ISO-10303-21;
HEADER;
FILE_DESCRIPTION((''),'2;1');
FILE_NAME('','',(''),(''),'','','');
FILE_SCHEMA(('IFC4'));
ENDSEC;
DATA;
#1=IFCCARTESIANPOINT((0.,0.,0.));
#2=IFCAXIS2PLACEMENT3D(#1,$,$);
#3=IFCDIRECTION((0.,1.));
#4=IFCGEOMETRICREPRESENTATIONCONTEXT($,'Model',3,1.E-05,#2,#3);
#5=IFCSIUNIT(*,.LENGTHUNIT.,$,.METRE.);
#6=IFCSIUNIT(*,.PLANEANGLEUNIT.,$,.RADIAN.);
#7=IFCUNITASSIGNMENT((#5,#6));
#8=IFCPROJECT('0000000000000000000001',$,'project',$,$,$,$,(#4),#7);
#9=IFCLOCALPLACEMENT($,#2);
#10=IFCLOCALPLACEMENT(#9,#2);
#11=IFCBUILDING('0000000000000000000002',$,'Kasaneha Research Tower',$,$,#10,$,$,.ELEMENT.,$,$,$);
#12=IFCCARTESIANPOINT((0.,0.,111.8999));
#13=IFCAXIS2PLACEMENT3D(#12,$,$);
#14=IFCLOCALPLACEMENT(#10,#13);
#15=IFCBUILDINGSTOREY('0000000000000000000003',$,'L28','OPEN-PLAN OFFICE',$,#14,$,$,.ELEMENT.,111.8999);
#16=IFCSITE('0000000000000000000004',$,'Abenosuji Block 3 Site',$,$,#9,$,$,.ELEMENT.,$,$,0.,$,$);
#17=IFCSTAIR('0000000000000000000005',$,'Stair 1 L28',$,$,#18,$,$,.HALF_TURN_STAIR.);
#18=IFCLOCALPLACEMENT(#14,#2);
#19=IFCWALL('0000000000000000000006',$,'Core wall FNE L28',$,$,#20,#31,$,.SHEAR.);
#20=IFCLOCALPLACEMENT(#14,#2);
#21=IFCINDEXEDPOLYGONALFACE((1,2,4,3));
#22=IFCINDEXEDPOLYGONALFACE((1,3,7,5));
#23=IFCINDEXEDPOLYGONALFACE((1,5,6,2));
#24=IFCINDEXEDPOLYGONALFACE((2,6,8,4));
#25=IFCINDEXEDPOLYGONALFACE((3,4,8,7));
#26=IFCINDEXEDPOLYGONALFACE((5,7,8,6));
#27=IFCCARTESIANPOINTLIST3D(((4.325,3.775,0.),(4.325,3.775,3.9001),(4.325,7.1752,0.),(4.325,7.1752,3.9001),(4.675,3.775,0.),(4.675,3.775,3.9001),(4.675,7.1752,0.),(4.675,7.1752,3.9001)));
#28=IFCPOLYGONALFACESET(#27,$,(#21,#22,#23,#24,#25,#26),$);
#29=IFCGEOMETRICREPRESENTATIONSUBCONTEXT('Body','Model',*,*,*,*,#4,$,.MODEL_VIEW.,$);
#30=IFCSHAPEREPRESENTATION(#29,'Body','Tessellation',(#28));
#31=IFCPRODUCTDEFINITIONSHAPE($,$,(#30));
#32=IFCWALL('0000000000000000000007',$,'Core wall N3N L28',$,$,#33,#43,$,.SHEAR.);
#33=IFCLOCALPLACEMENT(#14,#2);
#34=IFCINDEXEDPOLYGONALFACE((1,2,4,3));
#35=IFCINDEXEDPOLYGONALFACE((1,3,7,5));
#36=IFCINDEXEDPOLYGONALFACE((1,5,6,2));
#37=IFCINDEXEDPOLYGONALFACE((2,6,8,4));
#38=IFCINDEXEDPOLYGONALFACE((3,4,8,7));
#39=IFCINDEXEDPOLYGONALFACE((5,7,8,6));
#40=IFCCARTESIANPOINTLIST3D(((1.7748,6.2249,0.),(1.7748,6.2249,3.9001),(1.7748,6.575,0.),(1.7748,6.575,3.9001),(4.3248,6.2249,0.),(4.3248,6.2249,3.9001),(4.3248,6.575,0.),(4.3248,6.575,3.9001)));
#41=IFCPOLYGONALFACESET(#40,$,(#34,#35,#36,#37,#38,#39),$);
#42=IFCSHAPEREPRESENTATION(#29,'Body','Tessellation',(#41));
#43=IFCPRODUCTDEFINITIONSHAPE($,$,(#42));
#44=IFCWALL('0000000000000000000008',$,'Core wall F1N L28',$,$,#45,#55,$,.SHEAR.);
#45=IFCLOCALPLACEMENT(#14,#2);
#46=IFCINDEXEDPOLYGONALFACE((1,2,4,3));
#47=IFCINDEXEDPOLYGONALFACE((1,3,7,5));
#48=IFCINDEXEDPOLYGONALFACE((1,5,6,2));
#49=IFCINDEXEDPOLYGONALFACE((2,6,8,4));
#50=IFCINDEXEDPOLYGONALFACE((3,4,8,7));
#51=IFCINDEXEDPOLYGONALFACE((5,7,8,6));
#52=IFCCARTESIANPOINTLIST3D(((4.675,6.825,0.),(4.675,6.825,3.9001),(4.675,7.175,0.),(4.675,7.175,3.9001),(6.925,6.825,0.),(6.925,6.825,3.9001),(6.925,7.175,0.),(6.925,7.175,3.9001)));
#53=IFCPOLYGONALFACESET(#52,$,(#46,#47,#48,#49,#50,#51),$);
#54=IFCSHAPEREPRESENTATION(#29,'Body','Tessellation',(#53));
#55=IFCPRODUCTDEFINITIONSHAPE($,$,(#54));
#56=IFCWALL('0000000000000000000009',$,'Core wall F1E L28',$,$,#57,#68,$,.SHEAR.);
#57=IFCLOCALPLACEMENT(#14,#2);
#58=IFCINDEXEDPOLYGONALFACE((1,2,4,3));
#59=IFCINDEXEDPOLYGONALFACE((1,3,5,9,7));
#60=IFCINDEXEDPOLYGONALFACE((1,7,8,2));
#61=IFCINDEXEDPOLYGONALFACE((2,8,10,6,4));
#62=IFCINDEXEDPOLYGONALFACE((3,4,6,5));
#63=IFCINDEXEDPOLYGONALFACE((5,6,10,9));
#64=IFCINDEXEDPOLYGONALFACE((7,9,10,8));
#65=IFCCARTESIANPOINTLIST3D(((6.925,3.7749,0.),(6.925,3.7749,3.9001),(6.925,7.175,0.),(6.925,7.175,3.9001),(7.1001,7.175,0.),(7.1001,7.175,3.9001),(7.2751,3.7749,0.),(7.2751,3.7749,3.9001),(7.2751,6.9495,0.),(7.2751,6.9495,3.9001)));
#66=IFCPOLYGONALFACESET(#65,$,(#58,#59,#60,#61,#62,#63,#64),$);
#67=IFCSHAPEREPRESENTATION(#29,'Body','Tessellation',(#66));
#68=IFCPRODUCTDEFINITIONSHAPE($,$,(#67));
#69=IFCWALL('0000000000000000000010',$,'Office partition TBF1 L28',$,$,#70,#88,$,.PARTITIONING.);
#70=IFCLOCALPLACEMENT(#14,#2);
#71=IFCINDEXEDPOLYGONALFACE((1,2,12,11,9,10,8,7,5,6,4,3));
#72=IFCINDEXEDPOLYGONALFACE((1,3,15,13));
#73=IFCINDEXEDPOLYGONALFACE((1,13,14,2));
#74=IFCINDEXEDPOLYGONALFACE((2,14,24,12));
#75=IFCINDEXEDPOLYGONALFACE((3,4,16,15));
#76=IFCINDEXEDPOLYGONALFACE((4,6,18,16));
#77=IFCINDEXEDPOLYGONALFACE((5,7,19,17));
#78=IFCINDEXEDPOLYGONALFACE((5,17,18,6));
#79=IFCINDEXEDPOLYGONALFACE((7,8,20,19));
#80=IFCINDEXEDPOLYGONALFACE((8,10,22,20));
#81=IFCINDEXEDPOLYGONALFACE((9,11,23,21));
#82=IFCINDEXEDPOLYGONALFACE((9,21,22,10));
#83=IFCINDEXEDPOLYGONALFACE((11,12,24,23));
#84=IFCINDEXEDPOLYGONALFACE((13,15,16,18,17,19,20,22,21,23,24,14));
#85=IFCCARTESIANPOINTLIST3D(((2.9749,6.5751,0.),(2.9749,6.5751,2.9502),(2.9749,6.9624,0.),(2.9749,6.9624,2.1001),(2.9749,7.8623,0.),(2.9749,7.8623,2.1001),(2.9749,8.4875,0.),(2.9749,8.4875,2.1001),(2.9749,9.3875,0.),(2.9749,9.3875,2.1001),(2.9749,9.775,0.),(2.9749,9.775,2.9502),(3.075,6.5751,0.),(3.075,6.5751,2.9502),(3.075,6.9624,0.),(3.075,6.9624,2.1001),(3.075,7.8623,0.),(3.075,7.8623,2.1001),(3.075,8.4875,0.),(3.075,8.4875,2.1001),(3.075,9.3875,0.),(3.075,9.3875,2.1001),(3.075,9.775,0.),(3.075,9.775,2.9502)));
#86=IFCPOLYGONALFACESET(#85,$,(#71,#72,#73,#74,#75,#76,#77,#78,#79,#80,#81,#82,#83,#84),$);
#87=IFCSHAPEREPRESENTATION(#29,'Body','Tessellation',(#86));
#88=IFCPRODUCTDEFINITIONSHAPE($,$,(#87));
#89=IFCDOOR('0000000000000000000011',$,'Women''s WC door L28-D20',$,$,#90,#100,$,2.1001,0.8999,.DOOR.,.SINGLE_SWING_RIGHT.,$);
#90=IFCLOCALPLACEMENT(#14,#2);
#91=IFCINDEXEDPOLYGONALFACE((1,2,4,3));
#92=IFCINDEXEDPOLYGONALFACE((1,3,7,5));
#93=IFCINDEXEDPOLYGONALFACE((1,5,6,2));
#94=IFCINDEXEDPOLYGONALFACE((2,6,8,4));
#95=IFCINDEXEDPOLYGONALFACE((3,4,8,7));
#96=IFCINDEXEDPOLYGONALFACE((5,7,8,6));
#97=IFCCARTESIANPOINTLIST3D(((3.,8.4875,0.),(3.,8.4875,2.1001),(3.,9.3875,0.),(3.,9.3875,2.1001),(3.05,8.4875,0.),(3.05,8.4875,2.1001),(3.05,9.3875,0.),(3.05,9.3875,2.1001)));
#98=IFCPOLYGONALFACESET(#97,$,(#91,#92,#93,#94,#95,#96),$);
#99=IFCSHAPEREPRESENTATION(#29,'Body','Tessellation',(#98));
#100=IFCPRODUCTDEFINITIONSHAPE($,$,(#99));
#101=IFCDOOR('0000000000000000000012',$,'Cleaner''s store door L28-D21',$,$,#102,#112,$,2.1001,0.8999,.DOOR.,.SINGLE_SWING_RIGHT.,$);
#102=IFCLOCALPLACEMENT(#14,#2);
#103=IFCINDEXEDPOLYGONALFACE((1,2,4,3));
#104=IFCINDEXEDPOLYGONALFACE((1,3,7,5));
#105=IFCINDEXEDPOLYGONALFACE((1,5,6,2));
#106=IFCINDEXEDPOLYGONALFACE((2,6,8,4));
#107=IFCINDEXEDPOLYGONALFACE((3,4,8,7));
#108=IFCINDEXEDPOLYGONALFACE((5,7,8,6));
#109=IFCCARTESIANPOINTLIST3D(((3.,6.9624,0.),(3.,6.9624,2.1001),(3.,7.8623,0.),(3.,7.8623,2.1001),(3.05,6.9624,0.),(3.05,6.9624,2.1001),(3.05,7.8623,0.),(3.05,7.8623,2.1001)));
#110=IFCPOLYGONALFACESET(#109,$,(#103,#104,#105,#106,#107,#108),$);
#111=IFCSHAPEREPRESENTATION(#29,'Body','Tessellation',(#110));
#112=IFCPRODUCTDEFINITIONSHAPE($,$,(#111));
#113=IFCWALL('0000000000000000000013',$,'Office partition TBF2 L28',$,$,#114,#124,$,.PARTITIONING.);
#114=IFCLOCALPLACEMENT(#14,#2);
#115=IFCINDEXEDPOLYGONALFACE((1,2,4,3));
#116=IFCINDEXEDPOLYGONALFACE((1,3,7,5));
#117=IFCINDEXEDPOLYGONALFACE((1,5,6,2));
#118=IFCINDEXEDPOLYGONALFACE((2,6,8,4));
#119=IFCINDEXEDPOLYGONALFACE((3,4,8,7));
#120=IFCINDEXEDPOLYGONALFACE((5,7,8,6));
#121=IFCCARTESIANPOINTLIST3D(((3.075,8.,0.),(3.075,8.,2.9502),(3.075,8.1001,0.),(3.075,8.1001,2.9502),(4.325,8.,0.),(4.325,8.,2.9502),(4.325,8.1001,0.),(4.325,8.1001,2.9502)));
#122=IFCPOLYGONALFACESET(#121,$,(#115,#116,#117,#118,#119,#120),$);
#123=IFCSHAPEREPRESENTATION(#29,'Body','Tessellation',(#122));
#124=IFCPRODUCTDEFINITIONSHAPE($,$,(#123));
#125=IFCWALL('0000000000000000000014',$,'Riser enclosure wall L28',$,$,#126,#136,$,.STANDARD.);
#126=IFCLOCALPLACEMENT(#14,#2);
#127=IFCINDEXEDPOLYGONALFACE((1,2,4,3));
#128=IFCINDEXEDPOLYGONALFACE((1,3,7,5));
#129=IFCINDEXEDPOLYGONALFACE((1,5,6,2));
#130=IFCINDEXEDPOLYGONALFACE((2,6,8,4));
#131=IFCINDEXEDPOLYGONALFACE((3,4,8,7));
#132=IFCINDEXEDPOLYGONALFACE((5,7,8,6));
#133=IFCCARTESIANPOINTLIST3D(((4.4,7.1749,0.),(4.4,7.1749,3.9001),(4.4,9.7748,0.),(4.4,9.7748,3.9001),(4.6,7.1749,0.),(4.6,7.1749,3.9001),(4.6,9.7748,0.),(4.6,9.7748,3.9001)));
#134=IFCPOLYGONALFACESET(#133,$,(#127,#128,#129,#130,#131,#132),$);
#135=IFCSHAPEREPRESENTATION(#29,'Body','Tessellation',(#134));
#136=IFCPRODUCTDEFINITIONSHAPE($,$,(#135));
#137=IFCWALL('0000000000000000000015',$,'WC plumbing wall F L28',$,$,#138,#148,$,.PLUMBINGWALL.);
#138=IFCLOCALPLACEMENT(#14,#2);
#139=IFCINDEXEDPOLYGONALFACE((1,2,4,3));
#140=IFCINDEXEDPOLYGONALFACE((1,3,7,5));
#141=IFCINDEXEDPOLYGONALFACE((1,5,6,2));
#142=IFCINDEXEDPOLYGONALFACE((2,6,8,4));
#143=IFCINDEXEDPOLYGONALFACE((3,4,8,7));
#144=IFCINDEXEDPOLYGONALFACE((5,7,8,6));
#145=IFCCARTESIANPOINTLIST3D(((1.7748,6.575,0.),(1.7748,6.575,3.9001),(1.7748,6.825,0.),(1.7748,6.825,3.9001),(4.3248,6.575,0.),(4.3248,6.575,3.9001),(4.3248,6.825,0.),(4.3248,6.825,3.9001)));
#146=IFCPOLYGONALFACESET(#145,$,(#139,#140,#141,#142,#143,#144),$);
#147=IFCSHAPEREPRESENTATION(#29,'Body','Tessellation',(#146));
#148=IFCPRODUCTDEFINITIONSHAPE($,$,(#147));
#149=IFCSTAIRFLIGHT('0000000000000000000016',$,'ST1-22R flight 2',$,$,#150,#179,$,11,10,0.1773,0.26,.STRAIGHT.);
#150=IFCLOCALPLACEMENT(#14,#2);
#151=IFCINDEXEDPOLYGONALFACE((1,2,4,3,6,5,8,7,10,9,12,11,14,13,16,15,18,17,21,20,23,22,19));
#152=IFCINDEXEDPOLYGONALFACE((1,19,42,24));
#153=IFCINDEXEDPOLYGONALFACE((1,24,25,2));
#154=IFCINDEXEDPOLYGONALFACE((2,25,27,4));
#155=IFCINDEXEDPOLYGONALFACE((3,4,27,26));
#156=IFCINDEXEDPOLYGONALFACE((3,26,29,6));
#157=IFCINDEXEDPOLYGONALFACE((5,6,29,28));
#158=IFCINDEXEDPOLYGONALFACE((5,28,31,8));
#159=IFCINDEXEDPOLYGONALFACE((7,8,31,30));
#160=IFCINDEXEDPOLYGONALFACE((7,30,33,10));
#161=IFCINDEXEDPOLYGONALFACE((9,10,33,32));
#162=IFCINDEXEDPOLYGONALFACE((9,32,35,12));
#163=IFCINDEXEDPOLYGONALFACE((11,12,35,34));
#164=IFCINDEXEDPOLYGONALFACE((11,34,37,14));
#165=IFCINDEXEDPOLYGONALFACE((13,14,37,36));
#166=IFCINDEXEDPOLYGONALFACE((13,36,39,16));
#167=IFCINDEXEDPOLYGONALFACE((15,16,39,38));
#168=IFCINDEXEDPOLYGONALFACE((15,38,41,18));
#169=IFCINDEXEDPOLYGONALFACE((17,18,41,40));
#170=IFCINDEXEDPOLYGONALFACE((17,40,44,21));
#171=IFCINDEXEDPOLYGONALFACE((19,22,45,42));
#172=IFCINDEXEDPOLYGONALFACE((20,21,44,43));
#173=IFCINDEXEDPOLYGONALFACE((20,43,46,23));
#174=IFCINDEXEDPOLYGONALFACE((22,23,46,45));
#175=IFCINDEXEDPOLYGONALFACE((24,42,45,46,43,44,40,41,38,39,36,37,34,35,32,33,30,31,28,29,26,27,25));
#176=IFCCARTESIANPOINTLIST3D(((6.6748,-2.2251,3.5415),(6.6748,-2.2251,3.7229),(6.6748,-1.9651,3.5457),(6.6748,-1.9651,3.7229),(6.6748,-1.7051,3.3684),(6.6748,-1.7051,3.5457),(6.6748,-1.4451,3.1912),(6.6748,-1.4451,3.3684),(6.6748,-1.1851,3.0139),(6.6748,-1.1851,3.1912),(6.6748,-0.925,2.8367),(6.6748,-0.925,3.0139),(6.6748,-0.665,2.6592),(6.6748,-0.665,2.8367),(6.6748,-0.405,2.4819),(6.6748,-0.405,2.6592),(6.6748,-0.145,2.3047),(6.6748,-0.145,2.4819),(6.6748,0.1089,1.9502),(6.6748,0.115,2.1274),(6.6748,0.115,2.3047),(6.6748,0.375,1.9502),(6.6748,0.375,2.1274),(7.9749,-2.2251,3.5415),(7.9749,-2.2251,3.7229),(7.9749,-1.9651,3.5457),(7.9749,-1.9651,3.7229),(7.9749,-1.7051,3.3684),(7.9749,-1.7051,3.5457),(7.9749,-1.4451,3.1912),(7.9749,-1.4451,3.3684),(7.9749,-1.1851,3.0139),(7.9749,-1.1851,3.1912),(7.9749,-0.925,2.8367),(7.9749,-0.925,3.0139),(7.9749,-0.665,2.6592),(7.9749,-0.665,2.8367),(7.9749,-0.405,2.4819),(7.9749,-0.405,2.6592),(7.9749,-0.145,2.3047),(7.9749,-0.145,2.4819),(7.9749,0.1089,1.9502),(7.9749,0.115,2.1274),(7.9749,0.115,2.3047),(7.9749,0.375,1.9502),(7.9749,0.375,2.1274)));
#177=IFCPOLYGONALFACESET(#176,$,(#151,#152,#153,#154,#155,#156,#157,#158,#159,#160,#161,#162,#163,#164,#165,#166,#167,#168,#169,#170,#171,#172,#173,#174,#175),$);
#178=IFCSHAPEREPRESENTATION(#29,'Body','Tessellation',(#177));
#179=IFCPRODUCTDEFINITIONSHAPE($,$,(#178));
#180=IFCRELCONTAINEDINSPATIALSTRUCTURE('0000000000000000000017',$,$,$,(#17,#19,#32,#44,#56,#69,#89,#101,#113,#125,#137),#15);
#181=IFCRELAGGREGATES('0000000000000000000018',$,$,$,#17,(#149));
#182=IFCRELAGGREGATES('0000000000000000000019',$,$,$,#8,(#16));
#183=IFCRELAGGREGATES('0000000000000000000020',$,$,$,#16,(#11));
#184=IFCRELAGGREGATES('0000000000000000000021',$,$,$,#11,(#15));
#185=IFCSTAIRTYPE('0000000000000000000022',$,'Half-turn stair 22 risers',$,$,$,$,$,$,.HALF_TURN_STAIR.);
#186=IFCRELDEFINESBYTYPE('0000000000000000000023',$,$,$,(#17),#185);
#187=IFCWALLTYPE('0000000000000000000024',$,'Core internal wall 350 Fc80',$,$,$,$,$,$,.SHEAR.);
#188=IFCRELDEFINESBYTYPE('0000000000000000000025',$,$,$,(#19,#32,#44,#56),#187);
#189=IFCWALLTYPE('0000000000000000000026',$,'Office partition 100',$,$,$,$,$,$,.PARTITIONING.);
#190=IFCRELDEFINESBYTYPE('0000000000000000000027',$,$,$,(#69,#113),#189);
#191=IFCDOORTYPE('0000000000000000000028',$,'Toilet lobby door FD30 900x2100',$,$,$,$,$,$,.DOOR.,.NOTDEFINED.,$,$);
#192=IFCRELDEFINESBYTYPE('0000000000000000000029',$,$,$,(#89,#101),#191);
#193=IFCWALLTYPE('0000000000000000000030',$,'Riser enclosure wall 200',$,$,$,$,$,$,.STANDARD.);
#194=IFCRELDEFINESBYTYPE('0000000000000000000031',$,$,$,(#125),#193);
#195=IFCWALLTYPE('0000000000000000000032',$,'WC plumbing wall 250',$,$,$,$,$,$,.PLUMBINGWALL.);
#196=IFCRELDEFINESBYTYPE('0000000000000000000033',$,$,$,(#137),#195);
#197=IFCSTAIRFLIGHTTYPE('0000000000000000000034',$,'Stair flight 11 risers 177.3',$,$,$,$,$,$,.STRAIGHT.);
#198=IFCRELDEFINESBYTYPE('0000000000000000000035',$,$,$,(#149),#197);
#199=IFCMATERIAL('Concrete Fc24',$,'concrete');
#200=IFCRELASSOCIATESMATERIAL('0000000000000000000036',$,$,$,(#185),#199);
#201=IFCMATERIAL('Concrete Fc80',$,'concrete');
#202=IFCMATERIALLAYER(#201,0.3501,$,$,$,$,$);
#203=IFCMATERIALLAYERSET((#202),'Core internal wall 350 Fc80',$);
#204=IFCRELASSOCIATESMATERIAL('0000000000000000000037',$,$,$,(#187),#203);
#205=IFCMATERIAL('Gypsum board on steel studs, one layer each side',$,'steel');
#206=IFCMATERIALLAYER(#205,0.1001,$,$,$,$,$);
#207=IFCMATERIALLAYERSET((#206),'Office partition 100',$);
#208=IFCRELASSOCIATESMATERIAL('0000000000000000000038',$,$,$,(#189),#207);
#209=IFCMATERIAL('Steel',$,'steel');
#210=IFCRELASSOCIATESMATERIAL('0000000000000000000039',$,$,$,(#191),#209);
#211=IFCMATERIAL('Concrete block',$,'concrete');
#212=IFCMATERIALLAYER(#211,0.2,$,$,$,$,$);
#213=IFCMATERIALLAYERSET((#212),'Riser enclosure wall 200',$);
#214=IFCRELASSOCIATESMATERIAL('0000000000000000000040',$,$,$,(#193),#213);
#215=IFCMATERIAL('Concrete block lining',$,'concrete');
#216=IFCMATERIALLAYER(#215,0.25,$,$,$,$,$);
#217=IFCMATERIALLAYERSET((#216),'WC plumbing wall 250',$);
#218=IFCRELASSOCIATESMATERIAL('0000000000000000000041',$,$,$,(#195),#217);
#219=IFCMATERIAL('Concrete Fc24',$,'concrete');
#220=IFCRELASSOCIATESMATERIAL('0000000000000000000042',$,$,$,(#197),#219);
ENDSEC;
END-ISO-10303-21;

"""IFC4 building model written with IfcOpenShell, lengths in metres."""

from ifc_helpers import new_model, si_unit, direction, frame, frame_2d, origin, place, context, subcontext, project, spatial, polyline, rectangle, outline, extrude, material, layer, layer_set, type_object, element, fill, aggregate, save


model = new_model("IFC4")

# Units and contexts
model_context = context("Model", 3, precision=1e-05, world=origin(), true_north=direction((0.0, 1.0)))
body_context = subcontext(model_context, "Body", "Model", "MODEL_VIEW")
ifc_project = project(units=[si_unit("LENGTHUNIT", "METRE"), si_unit("PLANEANGLEUNIT", "RADIAN")], contexts=[model_context])

# Site, building, storey
site_placement = place(None, origin())
site = spatial("IfcSite", under=ifc_project, at=site_placement, Name="Abenosuji Block 3 Site", CompositionType="ELEMENT", RefElevation=0.0)
building_placement = place(site_placement, origin())
building = spatial("IfcBuilding", under=site, at=building_placement, Name="Kasaneha Research Tower", CompositionType="ELEMENT")
storey_placement = place(building_placement, frame((0.0, 0.0, 111.8999)))
storey = spatial("IfcBuildingStorey", under=building, at=storey_placement, Name="L28", Description="OPEN-PLAN OFFICE", CompositionType="ELEMENT", Elevation=111.8999)

# Stair
ifc_material_1 = material(Name="Concrete Fc24", Category="concrete")
stair_type = type_object("IfcStairType", Name="Half-turn stair 22 risers", PredefinedType="HALF_TURN_STAIR", material=ifc_material_1)
stair_1_placement = place(storey_placement, origin())
stair_1 = element("IfcStair", 1, at=stair_1_placement, inside=storey, type_object=stair_type, Name="Stair 1 L28", PredefinedType="HALF_TURN_STAIR")

# Shared definitions
ifc_material_2 = material(Name="Concrete Fc80", Category="concrete")
ifc_layer_1 = layer(ifc_material_2, 0.3501)
ifc_layer_set_1 = layer_set([ifc_layer_1], Name="Core internal wall 350 Fc80")
wall_type_1 = type_object("IfcWallType", Name="Core internal wall 350 Fc80", PredefinedType="SHEAR", material=ifc_layer_set_1)

# Walls
wall_1_placement = place(storey_placement, frame((4.5, 3.7749, 0.0), z_axis=(0.0, 0.0, 1.0), x_axis=(0.0, 1.0, 0.0)))
element("IfcWall", 2, at=wall_1_placement, inside=storey, type_object=wall_type_1, Name="Core wall FNE L28", PredefinedType="SHEAR", context=body_context, shape_type="SweptSolid", body=[
    extrude(rectangle(XDim=3.4001, YDim=0.3501, at=frame_2d((1.7002, 0.0))), origin(), (0.0, 0.0, 1.0), 3.9001),
])
wall_2_placement = place(storey_placement, frame((1.7749, 6.3999, 0.0), z_axis=(0.0, 0.0, 1.0), x_axis=(1.0, 0.0, 0.0)))
element("IfcWall", 3, at=wall_2_placement, inside=storey, type_object=wall_type_1, Name="Core wall N3N L28", PredefinedType="SHEAR", context=body_context, shape_type="SweptSolid", body=[
    extrude(rectangle(XDim=2.55, YDim=0.3501, at=frame_2d((1.2749, 0.0))), origin(), (0.0, 0.0, 1.0), 3.9001),
])
wall_3_placement = place(storey_placement, frame((4.675, 7.0, 0.0), z_axis=(0.0, 0.0, 1.0), x_axis=(1.0, 0.0, 0.0)))
element("IfcWall", 4, at=wall_3_placement, inside=storey, type_object=wall_type_1, Name="Core wall F1N L28", PredefinedType="SHEAR", context=body_context, shape_type="SweptSolid", body=[
    extrude(rectangle(XDim=2.25, YDim=0.3501, at=frame_2d((1.125, 0.0))), origin(), (0.0, 0.0, 1.0), 3.9001),
])
wall_4_placement = place(storey_placement, frame((7.1001, 3.7749, 0.0), z_axis=(0.0, 0.0, 1.0), x_axis=(0.0, 1.0, 0.0)))
element("IfcWall", 5, at=wall_4_placement, inside=storey, type_object=wall_type_1, Name="Core wall F1E L28", PredefinedType="SHEAR", context=body_context, shape_type="SweptSolid", body=[
    extrude(outline(polyline([(0.0, -0.175), (3.1746, -0.175), (3.4001, 0.0), (3.4001, 0.175), (0.0, 0.175), (0.0, -0.175)])), origin(), (0.0, 0.0, 1.0), 3.9001),
])

# Wall, openings, doors
ifc_material_3 = material(Name="Gypsum board on steel studs, one layer each side", Category="steel")
ifc_layer_2 = layer(ifc_material_3, 0.1001)
ifc_layer_set_2 = layer_set([ifc_layer_2], Name="Office partition 100")
wall_type_2 = type_object("IfcWallType", Name="Office partition 100", PredefinedType="PARTITIONING", material=ifc_layer_set_2)
wall_5_placement = place(storey_placement, frame((3.0249, 6.575, 0.0), z_axis=(0.0, 0.0, 1.0), x_axis=(0.0, 1.0, 0.0)))
wall_5 = element("IfcWall", 6, at=wall_5_placement, inside=storey, type_object=wall_type_2, Name="Office partition TBF1 L28", PredefinedType="PARTITIONING", context=body_context, shape_type="SweptSolid", body=[
    extrude(rectangle(XDim=3.2, YDim=0.1001, at=frame_2d((1.6001, 0.0))), origin(), (0.0, 0.0, 1.0), 2.9502),
])
opening_1_placement = place(wall_5_placement, frame((1.9126, 0.0, 0.0)))
opening_1 = element("IfcOpeningElement", 7, at=opening_1_placement, cuts=wall_5, PredefinedType="OPENING", context=body_context, shape_type="SweptSolid", body=[
    extrude(rectangle(XDim=0.8999, YDim=2.1001, at=frame_2d((0.45, 1.05))), frame((0.0, 0.0601, 0.0), z_axis=(0.0, -1.0, 0.0), x_axis=(1.0, 0.0, 0.0)), (0.0, 0.0, 1.0), 0.1201),
])
opening_2_placement = place(wall_5_placement, frame((0.3875, 0.0, 0.0)))
opening_2 = element("IfcOpeningElement", 8, at=opening_2_placement, cuts=wall_5, PredefinedType="OPENING", context=body_context, shape_type="SweptSolid", body=[
    extrude(rectangle(XDim=0.8999, YDim=2.1001, at=frame_2d((0.45, 1.05))), frame((0.0, 0.0601, 0.0), z_axis=(0.0, -1.0, 0.0), x_axis=(1.0, 0.0, 0.0)), (0.0, 0.0, 1.0), 0.1201),
])
ifc_material_4 = material(Name="Steel", Category="steel")
door_type_1 = type_object("IfcDoorType", Name="Toilet lobby door FD30 900x2100", OperationType="NOTDEFINED", PredefinedType="DOOR", material=ifc_material_4)
door_1_placement = place(opening_1_placement, origin())
door_1 = element("IfcDoor", 9, at=door_1_placement, inside=storey, type_object=door_type_1, Name="Women's WC door L28-D20", OperationType="SINGLE_SWING_RIGHT", OverallHeight=2.1001, OverallWidth=0.8999, PredefinedType="DOOR", context=body_context, shape_type="SweptSolid", body=[
    extrude(rectangle(XDim=0.8999, YDim=2.1001, at=frame_2d((0.45, 1.05))), frame((0.0, 0.0249, 0.0), z_axis=(0.0, -1.0, 0.0), x_axis=(1.0, 0.0, 0.0)), (0.0, 0.0, 1.0), 0.05),
])
fill(opening_1, door_1)
door_2_placement = place(opening_2_placement, origin())
door_2 = element("IfcDoor", 10, at=door_2_placement, inside=storey, type_object=door_type_1, Name="Cleaner's store door L28-D21", OperationType="SINGLE_SWING_RIGHT", OverallHeight=2.1001, OverallWidth=0.8999, PredefinedType="DOOR", context=body_context, shape_type="SweptSolid", body=[
    extrude(rectangle(XDim=0.8999, YDim=2.1001, at=frame_2d((0.45, 1.05))), frame((0.0, 0.0249, 0.0), z_axis=(0.0, -1.0, 0.0), x_axis=(1.0, 0.0, 0.0)), (0.0, 0.0, 1.0), 0.05),
])
fill(opening_2, door_2)

# Walls
wall_6_placement = place(storey_placement, frame((3.075, 8.05, 0.0), z_axis=(0.0, 0.0, 1.0), x_axis=(1.0, 0.0, 0.0)))
element("IfcWall", 11, at=wall_6_placement, inside=storey, type_object=wall_type_2, Name="Office partition TBF2 L28", PredefinedType="PARTITIONING", context=body_context, shape_type="SweptSolid", body=[
    extrude(rectangle(XDim=1.25, YDim=0.1001, at=frame_2d((0.625, 0.0))), origin(), (0.0, 0.0, 1.0), 2.9502),
])
ifc_material_5 = material(Name="Concrete block", Category="concrete")
ifc_layer_3 = layer(ifc_material_5, 0.2)
ifc_layer_set_3 = layer_set([ifc_layer_3], Name="Riser enclosure wall 200")
wall_type_3 = type_object("IfcWallType", Name="Riser enclosure wall 200", PredefinedType="STANDARD", material=ifc_layer_set_3)
wall_7_placement = place(storey_placement, frame((4.5, 7.175, 0.0), z_axis=(0.0, 0.0, 1.0), x_axis=(0.0, 1.0, 0.0)))
element("IfcWall", 12, at=wall_7_placement, inside=storey, type_object=wall_type_3, Name="Riser enclosure wall L28", PredefinedType="STANDARD", context=body_context, shape_type="SweptSolid", body=[
    extrude(rectangle(XDim=2.5999, YDim=0.2, at=frame_2d((1.2998, 0.0))), origin(), (0.0, 0.0, 1.0), 3.9001),
])
ifc_material_6 = material(Name="Concrete block lining", Category="concrete")
ifc_layer_4 = layer(ifc_material_6, 0.25)
ifc_layer_set_4 = layer_set([ifc_layer_4], Name="WC plumbing wall 250")
wall_type_4 = type_object("IfcWallType", Name="WC plumbing wall 250", PredefinedType="PLUMBINGWALL", material=ifc_layer_set_4)
wall_8_placement = place(storey_placement, frame((1.7749, 6.7, 0.0), z_axis=(0.0, 0.0, 1.0), x_axis=(1.0, 0.0, 0.0)))
element("IfcWall", 13, at=wall_8_placement, inside=storey, type_object=wall_type_4, Name="WC plumbing wall F L28", PredefinedType="PLUMBINGWALL", context=body_context, shape_type="SweptSolid", body=[
    extrude(rectangle(XDim=2.55, YDim=0.25, at=frame_2d((1.2749, 0.0))), origin(), (0.0, 0.0, 1.0), 3.9001),
])

# Stair flight
ifc_material_7 = material(Name="Concrete Fc24", Category="concrete")
stair_flight_type = type_object("IfcStairFlightType", Name="Stair flight 11 risers 177.3", PredefinedType="STRAIGHT", material=ifc_material_7)
stair_flight_placement = place(storey_placement, frame((7.325, 0.375, 1.9502), z_axis=(0.0, 0.0, 1.0), x_axis=(0.0, -1.0, 0.0)))
stair_flight = element("IfcStairFlight", 14, at=stair_flight_placement, type_object=stair_flight_type, Name="ST1-22R flight 2", NumberOfRisers=11, NumberOfTreads=10, PredefinedType="STRAIGHT", RiserHeight=0.1773, TreadLength=0.26, context=body_context, shape_type="SweptSolid", body=[
    extrude(outline(polyline([(0.0, 0.0), (0.0, 0.1772), (0.26, 0.1772), (0.26, 0.3545), (0.52, 0.3545), (0.52, 0.5317), (0.78, 0.5317), (0.78, 0.709), (1.04, 0.709), (1.04, 0.8865), (1.3, 0.8865), (1.3, 1.0637), (1.5601, 1.0637), (1.5601, 1.241), (1.8201, 1.241), (1.8201, 1.4182), (2.0801, 1.4182), (2.0801, 1.5955), (2.3401, 1.5955), (2.3401, 1.7727), (2.6001, 1.7727), (2.6001, 1.95), (2.6001, 1.5913), (0.2661, 0.0), (0.0, 0.0)])), frame((0.0, 0.6499, 0.0), z_axis=(0.0, -1.0, 0.0), x_axis=(1.0, 0.0, 0.0)), (0.0, 0.0, 1.0), 1.3),
])
aggregate(stair_1, [stair_flight])

save(model, "model.ifc")
